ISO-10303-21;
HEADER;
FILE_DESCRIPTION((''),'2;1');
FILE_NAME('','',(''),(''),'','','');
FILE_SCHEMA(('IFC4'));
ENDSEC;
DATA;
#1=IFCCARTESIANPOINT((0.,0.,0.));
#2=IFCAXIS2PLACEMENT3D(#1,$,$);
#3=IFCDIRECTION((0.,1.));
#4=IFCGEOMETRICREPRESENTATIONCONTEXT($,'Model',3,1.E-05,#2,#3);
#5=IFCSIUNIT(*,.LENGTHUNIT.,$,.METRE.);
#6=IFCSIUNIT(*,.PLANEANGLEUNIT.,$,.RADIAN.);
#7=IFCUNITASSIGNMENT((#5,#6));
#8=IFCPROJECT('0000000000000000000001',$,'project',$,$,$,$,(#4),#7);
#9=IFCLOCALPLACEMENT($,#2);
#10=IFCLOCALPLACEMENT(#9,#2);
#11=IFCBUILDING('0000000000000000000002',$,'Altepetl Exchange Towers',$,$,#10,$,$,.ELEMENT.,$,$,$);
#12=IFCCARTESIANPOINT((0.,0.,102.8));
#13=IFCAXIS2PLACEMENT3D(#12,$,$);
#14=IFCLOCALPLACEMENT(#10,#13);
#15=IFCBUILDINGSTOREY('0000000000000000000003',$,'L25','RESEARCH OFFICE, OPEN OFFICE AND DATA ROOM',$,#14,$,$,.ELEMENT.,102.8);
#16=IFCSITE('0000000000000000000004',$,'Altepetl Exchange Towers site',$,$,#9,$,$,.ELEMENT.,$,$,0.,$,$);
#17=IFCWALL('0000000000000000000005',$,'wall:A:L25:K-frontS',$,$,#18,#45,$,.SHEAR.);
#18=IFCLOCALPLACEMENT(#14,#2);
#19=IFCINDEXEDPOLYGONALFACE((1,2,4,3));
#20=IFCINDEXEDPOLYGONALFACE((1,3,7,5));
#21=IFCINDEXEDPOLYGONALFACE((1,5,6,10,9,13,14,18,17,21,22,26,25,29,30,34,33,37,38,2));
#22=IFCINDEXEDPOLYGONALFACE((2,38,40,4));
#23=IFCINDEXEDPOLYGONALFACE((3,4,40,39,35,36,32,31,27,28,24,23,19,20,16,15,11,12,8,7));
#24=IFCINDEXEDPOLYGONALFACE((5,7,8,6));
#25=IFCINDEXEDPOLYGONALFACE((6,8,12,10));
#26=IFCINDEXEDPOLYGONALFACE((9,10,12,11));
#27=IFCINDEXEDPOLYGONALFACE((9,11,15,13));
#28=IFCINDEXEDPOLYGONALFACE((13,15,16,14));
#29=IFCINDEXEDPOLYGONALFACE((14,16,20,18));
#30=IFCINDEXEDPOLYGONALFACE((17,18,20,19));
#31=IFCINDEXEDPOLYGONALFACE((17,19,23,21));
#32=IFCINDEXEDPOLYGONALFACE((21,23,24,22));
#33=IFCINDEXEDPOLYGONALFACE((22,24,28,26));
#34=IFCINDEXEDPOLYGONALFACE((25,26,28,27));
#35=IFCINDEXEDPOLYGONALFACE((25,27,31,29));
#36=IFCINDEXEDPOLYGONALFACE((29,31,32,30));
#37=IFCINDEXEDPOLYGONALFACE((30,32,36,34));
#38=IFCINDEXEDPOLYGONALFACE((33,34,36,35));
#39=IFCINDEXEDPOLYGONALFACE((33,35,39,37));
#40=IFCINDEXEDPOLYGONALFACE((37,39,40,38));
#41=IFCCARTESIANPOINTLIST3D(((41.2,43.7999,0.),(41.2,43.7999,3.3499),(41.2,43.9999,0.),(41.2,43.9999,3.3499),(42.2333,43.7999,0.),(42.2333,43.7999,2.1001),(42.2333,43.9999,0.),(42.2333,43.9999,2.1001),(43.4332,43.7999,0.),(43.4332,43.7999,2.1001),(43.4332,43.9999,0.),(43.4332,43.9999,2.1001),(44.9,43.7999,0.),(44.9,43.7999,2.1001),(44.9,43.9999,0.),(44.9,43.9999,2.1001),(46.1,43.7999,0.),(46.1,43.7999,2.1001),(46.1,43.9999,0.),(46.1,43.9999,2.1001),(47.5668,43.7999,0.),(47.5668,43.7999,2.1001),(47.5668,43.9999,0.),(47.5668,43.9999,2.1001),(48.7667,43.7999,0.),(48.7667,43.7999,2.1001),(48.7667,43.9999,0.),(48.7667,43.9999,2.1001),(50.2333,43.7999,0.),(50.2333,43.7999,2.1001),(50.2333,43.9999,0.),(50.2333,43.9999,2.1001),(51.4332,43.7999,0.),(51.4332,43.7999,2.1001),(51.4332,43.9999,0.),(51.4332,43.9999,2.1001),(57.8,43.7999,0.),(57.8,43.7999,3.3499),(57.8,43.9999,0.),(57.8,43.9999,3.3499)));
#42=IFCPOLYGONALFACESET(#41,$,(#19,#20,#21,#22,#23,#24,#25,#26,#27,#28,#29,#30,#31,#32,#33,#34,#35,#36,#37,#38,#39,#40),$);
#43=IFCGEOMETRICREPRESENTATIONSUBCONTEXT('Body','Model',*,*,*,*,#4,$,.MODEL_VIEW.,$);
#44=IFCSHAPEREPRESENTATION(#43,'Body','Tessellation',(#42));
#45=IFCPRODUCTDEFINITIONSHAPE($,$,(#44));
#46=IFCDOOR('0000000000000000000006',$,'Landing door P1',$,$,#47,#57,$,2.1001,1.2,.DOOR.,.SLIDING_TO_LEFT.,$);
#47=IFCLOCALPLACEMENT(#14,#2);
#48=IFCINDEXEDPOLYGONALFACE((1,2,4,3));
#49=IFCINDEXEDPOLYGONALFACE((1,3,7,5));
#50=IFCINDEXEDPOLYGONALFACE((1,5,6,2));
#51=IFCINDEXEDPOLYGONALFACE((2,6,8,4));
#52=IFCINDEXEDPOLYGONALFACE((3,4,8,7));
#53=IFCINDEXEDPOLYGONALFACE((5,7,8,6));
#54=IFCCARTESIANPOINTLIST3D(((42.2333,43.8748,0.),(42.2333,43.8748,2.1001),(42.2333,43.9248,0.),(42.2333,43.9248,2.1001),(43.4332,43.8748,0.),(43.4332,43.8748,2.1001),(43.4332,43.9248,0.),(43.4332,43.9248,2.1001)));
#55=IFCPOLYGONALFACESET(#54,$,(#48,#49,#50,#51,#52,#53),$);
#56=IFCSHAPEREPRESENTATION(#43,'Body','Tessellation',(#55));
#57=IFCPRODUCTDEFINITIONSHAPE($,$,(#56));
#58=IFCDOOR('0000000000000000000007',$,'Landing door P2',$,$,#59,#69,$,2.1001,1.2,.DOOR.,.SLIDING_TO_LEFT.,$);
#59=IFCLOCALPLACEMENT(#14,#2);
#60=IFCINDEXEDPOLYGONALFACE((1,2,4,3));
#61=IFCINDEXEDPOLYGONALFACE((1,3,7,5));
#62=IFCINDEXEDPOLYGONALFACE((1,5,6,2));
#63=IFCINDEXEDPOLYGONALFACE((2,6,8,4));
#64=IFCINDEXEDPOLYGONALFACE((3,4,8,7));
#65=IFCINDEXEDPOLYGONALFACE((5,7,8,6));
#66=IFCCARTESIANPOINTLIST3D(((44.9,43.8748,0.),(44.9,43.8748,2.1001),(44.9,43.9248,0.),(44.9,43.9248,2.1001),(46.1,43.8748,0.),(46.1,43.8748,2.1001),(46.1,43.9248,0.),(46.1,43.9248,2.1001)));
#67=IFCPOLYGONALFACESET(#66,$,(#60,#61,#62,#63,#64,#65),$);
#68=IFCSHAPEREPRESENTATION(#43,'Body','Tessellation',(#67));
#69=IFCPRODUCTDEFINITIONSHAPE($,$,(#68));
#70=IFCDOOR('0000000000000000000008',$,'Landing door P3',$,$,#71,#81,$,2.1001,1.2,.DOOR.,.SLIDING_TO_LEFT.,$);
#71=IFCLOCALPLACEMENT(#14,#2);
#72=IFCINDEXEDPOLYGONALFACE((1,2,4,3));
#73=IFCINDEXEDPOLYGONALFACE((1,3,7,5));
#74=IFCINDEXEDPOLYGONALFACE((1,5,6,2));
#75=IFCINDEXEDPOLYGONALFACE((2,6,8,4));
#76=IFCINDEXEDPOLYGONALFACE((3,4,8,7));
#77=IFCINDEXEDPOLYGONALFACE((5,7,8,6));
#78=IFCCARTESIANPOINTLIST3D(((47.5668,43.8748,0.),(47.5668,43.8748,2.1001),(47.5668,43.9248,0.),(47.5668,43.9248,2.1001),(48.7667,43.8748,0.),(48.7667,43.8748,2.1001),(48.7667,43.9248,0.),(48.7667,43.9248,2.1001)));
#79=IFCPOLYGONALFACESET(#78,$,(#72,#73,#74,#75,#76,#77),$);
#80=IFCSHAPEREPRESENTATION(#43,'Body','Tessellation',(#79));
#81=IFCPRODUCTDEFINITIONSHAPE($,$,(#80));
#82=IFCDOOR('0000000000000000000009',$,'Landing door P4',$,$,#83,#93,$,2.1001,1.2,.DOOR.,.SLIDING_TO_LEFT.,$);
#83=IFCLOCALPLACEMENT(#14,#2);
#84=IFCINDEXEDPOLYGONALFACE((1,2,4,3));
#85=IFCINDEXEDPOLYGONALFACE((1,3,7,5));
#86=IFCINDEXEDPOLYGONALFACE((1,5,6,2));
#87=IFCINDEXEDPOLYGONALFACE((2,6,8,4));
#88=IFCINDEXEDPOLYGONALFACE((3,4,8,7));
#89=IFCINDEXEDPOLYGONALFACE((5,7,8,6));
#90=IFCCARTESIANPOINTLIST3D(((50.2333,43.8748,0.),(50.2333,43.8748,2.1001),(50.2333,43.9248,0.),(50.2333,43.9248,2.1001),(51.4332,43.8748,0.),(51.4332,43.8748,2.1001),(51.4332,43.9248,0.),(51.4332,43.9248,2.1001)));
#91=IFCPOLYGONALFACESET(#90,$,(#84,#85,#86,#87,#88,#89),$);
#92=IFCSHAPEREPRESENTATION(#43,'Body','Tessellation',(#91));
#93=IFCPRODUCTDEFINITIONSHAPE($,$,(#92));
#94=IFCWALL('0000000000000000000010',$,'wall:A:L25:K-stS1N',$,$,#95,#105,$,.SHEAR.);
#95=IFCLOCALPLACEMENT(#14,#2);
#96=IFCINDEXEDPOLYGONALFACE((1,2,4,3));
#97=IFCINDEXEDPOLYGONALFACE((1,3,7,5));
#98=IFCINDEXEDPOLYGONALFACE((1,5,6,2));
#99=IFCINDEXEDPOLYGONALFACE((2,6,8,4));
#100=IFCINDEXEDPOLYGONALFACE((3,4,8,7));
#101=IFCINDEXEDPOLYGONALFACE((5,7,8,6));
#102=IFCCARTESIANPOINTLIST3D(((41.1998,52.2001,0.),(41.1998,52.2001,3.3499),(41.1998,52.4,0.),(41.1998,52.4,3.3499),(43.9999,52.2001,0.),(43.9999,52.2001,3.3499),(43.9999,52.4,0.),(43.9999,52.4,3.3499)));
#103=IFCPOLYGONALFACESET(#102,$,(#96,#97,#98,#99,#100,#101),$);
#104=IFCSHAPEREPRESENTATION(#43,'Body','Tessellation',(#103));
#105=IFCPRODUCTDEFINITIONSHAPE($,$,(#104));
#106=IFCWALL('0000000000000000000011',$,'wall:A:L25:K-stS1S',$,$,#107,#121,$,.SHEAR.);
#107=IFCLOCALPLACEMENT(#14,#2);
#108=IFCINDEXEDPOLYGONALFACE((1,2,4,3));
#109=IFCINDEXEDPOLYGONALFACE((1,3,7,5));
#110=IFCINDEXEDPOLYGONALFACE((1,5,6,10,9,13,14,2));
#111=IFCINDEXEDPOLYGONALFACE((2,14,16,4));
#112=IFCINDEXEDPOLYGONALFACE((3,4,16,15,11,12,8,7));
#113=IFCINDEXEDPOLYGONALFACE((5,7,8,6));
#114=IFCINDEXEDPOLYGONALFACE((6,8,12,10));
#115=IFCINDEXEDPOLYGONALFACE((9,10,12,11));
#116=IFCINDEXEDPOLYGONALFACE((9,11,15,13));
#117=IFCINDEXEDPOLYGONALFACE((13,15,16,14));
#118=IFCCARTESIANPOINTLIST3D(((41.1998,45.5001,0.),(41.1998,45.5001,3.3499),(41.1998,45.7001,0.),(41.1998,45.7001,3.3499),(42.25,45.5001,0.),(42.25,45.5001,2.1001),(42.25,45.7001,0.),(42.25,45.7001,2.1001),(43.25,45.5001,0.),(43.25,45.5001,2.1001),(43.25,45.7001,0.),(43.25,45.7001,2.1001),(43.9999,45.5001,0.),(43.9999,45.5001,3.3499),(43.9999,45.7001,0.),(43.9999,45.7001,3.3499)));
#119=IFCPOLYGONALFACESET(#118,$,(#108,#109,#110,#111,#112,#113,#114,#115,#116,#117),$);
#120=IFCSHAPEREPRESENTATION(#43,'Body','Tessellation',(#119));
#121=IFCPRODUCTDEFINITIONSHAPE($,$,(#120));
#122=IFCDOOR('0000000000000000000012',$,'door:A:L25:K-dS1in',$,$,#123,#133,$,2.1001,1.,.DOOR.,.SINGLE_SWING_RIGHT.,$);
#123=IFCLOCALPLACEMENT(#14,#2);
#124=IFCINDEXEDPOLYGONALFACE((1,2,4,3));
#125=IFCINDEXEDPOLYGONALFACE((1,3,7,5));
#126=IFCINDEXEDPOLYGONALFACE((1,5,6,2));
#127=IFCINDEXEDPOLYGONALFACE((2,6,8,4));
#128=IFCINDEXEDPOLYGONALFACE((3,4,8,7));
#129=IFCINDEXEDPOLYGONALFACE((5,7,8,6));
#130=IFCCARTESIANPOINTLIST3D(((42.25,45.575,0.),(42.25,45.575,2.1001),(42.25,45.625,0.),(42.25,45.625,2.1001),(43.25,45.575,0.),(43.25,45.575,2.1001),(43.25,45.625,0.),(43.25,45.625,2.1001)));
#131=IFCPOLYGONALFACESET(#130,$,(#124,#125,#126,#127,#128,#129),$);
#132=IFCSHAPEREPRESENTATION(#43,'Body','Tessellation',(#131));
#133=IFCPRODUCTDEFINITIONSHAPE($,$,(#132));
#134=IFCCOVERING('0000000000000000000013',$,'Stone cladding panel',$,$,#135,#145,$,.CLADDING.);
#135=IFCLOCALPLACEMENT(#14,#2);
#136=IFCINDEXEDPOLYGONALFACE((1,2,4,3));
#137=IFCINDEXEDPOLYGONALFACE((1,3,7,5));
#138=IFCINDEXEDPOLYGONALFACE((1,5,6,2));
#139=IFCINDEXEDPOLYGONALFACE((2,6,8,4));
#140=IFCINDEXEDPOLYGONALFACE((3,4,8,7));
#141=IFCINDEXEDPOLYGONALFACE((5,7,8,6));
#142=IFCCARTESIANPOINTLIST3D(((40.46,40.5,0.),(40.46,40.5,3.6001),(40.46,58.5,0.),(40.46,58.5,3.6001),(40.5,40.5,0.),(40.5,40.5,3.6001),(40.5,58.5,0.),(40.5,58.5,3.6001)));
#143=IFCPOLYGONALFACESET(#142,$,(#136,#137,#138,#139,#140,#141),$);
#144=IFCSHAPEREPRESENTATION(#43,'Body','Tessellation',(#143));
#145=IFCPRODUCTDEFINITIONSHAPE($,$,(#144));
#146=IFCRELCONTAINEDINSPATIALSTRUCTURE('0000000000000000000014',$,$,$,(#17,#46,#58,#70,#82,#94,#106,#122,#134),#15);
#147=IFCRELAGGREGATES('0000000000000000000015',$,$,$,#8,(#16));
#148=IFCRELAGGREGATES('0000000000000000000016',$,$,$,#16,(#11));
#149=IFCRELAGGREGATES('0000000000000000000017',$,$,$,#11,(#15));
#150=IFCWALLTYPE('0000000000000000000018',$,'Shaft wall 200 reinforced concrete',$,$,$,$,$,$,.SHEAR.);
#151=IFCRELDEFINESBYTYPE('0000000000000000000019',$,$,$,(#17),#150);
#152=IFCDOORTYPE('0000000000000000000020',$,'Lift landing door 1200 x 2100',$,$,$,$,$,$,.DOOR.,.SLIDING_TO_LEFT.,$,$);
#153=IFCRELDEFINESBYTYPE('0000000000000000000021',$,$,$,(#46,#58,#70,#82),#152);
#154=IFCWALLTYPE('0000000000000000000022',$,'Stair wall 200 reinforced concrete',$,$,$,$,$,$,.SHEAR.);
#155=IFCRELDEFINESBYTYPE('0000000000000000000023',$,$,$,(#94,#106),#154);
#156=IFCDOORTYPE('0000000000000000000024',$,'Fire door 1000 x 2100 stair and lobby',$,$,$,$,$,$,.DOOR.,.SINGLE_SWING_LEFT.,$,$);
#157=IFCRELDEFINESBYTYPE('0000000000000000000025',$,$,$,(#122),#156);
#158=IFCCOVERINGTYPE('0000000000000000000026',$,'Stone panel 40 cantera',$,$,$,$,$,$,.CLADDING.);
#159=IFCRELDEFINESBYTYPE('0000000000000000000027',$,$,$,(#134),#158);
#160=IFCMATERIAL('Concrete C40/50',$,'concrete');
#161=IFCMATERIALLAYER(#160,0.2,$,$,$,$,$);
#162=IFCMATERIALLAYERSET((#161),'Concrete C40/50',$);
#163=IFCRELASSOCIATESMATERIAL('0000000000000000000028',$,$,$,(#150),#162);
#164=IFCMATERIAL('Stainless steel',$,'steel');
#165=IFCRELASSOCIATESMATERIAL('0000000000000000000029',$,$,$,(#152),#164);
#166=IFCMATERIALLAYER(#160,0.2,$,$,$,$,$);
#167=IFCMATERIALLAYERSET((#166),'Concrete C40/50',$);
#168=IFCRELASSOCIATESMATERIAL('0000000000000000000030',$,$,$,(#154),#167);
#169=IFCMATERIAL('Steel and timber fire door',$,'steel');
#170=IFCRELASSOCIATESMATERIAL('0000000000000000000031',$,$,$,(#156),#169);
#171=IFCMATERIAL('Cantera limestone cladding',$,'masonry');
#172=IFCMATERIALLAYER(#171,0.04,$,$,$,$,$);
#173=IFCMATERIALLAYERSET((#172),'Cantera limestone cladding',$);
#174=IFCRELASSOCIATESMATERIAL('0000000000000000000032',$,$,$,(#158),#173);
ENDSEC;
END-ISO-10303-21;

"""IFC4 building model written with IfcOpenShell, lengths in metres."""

from ifc_helpers import new_model, si_unit, direction, frame, frame_2d, origin, origin_2d, place, context, subcontext, project, spatial, rectangle, extrude, material, layer, layer_set, type_object, element, fill, save


model = new_model("IFC4")

# Units and contexts
model_context = context("Model", 3, precision=1e-05, world=origin(), true_north=direction((0.0, 1.0)))
body_context = subcontext(model_context, "Body", "Model", "MODEL_VIEW")
ifc_project = project(units=[si_unit("LENGTHUNIT", "METRE"), si_unit("PLANEANGLEUNIT", "RADIAN")], contexts=[model_context])

# Site, building, storey
site_placement = place(None, origin())
site = spatial("IfcSite", under=ifc_project, at=site_placement, Name="Altepetl Exchange Towers site", CompositionType="ELEMENT", RefElevation=0.0)
building_placement = place(site_placement, origin())
building = spatial("IfcBuilding", under=site, at=building_placement, Name="Altepetl Exchange Towers", CompositionType="ELEMENT")
storey_placement = place(building_placement, frame((0.0, 0.0, 102.8)))
storey = spatial("IfcBuildingStorey", under=building, at=storey_placement, Name="L25", Description="RESEARCH OFFICE, OPEN OFFICE AND DATA ROOM", CompositionType="ELEMENT", Elevation=102.8)

# Wall, openings, doors
ifc_material_1 = material(Name="Concrete C40/50", Category="concrete")
ifc_layer_1 = layer(ifc_material_1, 0.2)
ifc_layer_set_1 = layer_set([ifc_layer_1], Name="Concrete C40/50")
wall_type_1 = type_object("IfcWallType", Name="Shaft wall 200 reinforced concrete", PredefinedType="SHEAR", material=ifc_layer_set_1)
ifc_material_2 = material(Name="Stainless steel", Category="steel")
wall_1_placement = place(storey_placement, frame((41.2, 43.8999, 0.0)))
wall_1 = element("IfcWall", 1, at=wall_1_placement, inside=storey, type_object=wall_type_1, Name="wall:A:L25:K-frontS", PredefinedType="SHEAR", context=body_context, shape_type="SweptSolid", body=[
    extrude(rectangle(XDim=16.6001, YDim=0.2, at=frame_2d((8.3, 0.0))), origin(), (0.0, 0.0, 1.0), 3.3499),
])
opening_1_placement = place(wall_1_placement, frame((1.0332, 0.0, 0.0)))
opening_1 = element("IfcOpeningElement", 2, at=opening_1_placement, cuts=wall_1, PredefinedType="OPENING", context=body_context, shape_type="SweptSolid", body=[
    extrude(rectangle(XDim=1.2, YDim=2.1001, at=frame_2d((0.6001, 1.05))), frame((0.0, 0.1099, 0.0), z_axis=(0.0, -1.0, 0.0), x_axis=(1.0, 0.0, 0.0)), (0.0, 0.0, 1.0), 0.22),
])
opening_2_placement = place(wall_1_placement, frame((3.7, 0.0, 0.0)))
opening_2 = element("IfcOpeningElement", 3, at=opening_2_placement, cuts=wall_1, PredefinedType="OPENING", context=body_context, shape_type="SweptSolid", body=[
    extrude(rectangle(XDim=1.2, YDim=2.1001, at=frame_2d((0.6001, 1.05))), frame((0.0, 0.1099, 0.0), z_axis=(0.0, -1.0, 0.0), x_axis=(1.0, 0.0, 0.0)), (0.0, 0.0, 1.0), 0.22),
])
opening_3_placement = place(wall_1_placement, frame((6.3667, 0.0, 0.0)))
opening_3 = element("IfcOpeningElement", 4, at=opening_3_placement, cuts=wall_1, PredefinedType="OPENING", context=body_context, shape_type="SweptSolid", body=[
    extrude(rectangle(XDim=1.2, YDim=2.1001, at=frame_2d((0.6001, 1.05))), frame((0.0, 0.1099, 0.0), z_axis=(0.0, -1.0, 0.0), x_axis=(1.0, 0.0, 0.0)), (0.0, 0.0, 1.0), 0.22),
])
opening_4_placement = place(wall_1_placement, frame((9.0332, 0.0, 0.0)))
opening_4 = element("IfcOpeningElement", 5, at=opening_4_placement, cuts=wall_1, PredefinedType="OPENING", context=body_context, shape_type="SweptSolid", body=[
    extrude(rectangle(XDim=1.2, YDim=2.1001, at=frame_2d((0.6001, 1.05))), frame((0.0, 0.1099, 0.0), z_axis=(0.0, -1.0, 0.0), x_axis=(1.0, 0.0, 0.0)), (0.0, 0.0, 1.0), 0.22),
])
door_type_1 = type_object("IfcDoorType", Name="Lift landing door 1200 x 2100", OperationType="SLIDING_TO_LEFT", PredefinedType="DOOR", material=ifc_material_2)
door_1_placement = place(opening_1_placement, origin())
door_1 = element("IfcDoor", 6, at=door_1_placement, inside=storey, type_object=door_type_1, Name="Landing door P1", OperationType="SLIDING_TO_LEFT", OverallHeight=2.1001, OverallWidth=1.2, PredefinedType="DOOR", context=body_context, shape_type="SweptSolid", body=[
    extrude(rectangle(XDim=1.2, YDim=2.1001, at=frame_2d((0.6001, 1.05))), frame((0.0, 0.0249, 0.0), z_axis=(0.0, -1.0, 0.0), x_axis=(1.0, 0.0, 0.0)), (0.0, 0.0, 1.0), 0.05),
])
fill(opening_1, door_1)
door_2_placement = place(opening_2_placement, origin())
door_2 = element("IfcDoor", 7, at=door_2_placement, inside=storey, type_object=door_type_1, Name="Landing door P2", OperationType="SLIDING_TO_LEFT", OverallHeight=2.1001, OverallWidth=1.2, PredefinedType="DOOR", context=body_context, shape_type="SweptSolid", body=[
    extrude(rectangle(XDim=1.2, YDim=2.1001, at=frame_2d((0.6001, 1.05))), frame((0.0, 0.0249, 0.0), z_axis=(0.0, -1.0, 0.0), x_axis=(1.0, 0.0, 0.0)), (0.0, 0.0, 1.0), 0.05),
])
fill(opening_2, door_2)
door_3_placement = place(opening_3_placement, origin())
door_3 = element("IfcDoor", 8, at=door_3_placement, inside=storey, type_object=door_type_1, Name="Landing door P3", OperationType="SLIDING_TO_LEFT", OverallHeight=2.1001, OverallWidth=1.2, PredefinedType="DOOR", context=body_context, shape_type="SweptSolid", body=[
    extrude(rectangle(XDim=1.2, YDim=2.1001, at=frame_2d((0.6001, 1.05))), frame((0.0, 0.0249, 0.0), z_axis=(0.0, -1.0, 0.0), x_axis=(1.0, 0.0, 0.0)), (0.0, 0.0, 1.0), 0.05),
])
fill(opening_3, door_3)
door_4_placement = place(opening_4_placement, origin())
door_4 = element("IfcDoor", 9, at=door_4_placement, inside=storey, type_object=door_type_1, Name="Landing door P4", OperationType="SLIDING_TO_LEFT", OverallHeight=2.1001, OverallWidth=1.2, PredefinedType="DOOR", context=body_context, shape_type="SweptSolid", body=[
    extrude(rectangle(XDim=1.2, YDim=2.1001, at=frame_2d((0.6001, 1.05))), frame((0.0, 0.0249, 0.0), z_axis=(0.0, -1.0, 0.0), x_axis=(1.0, 0.0, 0.0)), (0.0, 0.0, 1.0), 0.05),
])
fill(opening_4, door_4)

# Wall
ifc_layer_2 = layer(ifc_material_1, 0.2)
ifc_layer_set_2 = layer_set([ifc_layer_2], Name="Concrete C40/50")
wall_type_2 = type_object("IfcWallType", Name="Stair wall 200 reinforced concrete", PredefinedType="SHEAR", material=ifc_layer_set_2)
wall_2_placement = place(storey_placement, frame((41.2, 52.3, 0.0)))
element("IfcWall", 10, at=wall_2_placement, inside=storey, type_object=wall_type_2, Name="wall:A:L25:K-stS1N", PredefinedType="SHEAR", context=body_context, shape_type="SweptSolid", body=[
    extrude(rectangle(XDim=2.8, YDim=0.2, at=frame_2d((1.3999, 0.0))), origin(), (0.0, 0.0, 1.0), 3.3499),
])

# Wall, opening, door
wall_3_placement = place(storey_placement, frame((41.2, 45.6001, 0.0)))
wall_3 = element("IfcWall", 11, at=wall_3_placement, inside=storey, type_object=wall_type_2, Name="wall:A:L25:K-stS1S", PredefinedType="SHEAR", context=body_context, shape_type="SweptSolid", body=[
    extrude(rectangle(XDim=2.8, YDim=0.2, at=frame_2d((1.3999, 0.0))), origin(), (0.0, 0.0, 1.0), 3.3499),
])
opening_5_placement = place(wall_3_placement, frame((1.05, 0.0, 0.0)))
opening_5 = element("IfcOpeningElement", 12, at=opening_5_placement, cuts=wall_3, PredefinedType="OPENING", context=body_context, shape_type="SweptSolid", body=[
    extrude(rectangle(XDim=1.0, YDim=2.1001, at=frame_2d((0.5, 1.05))), frame((0.0, 0.1099, 0.0), z_axis=(0.0, -1.0, 0.0), x_axis=(1.0, 0.0, 0.0)), (0.0, 0.0, 1.0), 0.22),
])
ifc_material_3 = material(Name="Steel and timber fire door", Category="steel")
door_type_2 = type_object("IfcDoorType", Name="Fire door 1000 x 2100 stair and lobby", OperationType="SINGLE_SWING_LEFT", PredefinedType="DOOR", material=ifc_material_3)
door_5_placement = place(opening_5_placement, origin())
door_5 = element("IfcDoor", 13, at=door_5_placement, inside=storey, type_object=door_type_2, Name="door:A:L25:K-dS1in", OperationType="SINGLE_SWING_RIGHT", OverallHeight=2.1001, OverallWidth=1.0, PredefinedType="DOOR", context=body_context, shape_type="SweptSolid", body=[
    extrude(rectangle(XDim=1.0, YDim=2.1001, at=frame_2d((0.5, 1.05))), frame((0.0, 0.0249, 0.0), z_axis=(0.0, -1.0, 0.0), x_axis=(1.0, 0.0, 0.0)), (0.0, 0.0, 1.0), 0.05),
])
fill(opening_5, door_5)

# Covering
ifc_material_4 = material(Name="Cantera limestone cladding", Category="masonry")
ifc_layer_3 = layer(ifc_material_4, 0.04)
ifc_layer_set_3 = layer_set([ifc_layer_3], Name="Cantera limestone cladding")
covering_type = type_object("IfcCoveringType", Name="Stone panel 40 cantera", PredefinedType="CLADDING", material=ifc_layer_set_3)
covering_placement = place(storey_placement, frame((40.48, 49.5, 0.0), z_axis=(0.0, 0.0, 1.0), x_axis=(0.0, -1.0, 0.0)))
element("IfcCovering", 14, at=covering_placement, inside=storey, type_object=covering_type, Name="Stone cladding panel", PredefinedType="CLADDING", context=body_context, shape_type="SweptSolid", body=[
    extrude(rectangle(XDim=18.0, YDim=0.04, at=origin_2d()), origin(), (0.0, 0.0, 1.0), 3.6001),
])

save(model, "model.ifc")
